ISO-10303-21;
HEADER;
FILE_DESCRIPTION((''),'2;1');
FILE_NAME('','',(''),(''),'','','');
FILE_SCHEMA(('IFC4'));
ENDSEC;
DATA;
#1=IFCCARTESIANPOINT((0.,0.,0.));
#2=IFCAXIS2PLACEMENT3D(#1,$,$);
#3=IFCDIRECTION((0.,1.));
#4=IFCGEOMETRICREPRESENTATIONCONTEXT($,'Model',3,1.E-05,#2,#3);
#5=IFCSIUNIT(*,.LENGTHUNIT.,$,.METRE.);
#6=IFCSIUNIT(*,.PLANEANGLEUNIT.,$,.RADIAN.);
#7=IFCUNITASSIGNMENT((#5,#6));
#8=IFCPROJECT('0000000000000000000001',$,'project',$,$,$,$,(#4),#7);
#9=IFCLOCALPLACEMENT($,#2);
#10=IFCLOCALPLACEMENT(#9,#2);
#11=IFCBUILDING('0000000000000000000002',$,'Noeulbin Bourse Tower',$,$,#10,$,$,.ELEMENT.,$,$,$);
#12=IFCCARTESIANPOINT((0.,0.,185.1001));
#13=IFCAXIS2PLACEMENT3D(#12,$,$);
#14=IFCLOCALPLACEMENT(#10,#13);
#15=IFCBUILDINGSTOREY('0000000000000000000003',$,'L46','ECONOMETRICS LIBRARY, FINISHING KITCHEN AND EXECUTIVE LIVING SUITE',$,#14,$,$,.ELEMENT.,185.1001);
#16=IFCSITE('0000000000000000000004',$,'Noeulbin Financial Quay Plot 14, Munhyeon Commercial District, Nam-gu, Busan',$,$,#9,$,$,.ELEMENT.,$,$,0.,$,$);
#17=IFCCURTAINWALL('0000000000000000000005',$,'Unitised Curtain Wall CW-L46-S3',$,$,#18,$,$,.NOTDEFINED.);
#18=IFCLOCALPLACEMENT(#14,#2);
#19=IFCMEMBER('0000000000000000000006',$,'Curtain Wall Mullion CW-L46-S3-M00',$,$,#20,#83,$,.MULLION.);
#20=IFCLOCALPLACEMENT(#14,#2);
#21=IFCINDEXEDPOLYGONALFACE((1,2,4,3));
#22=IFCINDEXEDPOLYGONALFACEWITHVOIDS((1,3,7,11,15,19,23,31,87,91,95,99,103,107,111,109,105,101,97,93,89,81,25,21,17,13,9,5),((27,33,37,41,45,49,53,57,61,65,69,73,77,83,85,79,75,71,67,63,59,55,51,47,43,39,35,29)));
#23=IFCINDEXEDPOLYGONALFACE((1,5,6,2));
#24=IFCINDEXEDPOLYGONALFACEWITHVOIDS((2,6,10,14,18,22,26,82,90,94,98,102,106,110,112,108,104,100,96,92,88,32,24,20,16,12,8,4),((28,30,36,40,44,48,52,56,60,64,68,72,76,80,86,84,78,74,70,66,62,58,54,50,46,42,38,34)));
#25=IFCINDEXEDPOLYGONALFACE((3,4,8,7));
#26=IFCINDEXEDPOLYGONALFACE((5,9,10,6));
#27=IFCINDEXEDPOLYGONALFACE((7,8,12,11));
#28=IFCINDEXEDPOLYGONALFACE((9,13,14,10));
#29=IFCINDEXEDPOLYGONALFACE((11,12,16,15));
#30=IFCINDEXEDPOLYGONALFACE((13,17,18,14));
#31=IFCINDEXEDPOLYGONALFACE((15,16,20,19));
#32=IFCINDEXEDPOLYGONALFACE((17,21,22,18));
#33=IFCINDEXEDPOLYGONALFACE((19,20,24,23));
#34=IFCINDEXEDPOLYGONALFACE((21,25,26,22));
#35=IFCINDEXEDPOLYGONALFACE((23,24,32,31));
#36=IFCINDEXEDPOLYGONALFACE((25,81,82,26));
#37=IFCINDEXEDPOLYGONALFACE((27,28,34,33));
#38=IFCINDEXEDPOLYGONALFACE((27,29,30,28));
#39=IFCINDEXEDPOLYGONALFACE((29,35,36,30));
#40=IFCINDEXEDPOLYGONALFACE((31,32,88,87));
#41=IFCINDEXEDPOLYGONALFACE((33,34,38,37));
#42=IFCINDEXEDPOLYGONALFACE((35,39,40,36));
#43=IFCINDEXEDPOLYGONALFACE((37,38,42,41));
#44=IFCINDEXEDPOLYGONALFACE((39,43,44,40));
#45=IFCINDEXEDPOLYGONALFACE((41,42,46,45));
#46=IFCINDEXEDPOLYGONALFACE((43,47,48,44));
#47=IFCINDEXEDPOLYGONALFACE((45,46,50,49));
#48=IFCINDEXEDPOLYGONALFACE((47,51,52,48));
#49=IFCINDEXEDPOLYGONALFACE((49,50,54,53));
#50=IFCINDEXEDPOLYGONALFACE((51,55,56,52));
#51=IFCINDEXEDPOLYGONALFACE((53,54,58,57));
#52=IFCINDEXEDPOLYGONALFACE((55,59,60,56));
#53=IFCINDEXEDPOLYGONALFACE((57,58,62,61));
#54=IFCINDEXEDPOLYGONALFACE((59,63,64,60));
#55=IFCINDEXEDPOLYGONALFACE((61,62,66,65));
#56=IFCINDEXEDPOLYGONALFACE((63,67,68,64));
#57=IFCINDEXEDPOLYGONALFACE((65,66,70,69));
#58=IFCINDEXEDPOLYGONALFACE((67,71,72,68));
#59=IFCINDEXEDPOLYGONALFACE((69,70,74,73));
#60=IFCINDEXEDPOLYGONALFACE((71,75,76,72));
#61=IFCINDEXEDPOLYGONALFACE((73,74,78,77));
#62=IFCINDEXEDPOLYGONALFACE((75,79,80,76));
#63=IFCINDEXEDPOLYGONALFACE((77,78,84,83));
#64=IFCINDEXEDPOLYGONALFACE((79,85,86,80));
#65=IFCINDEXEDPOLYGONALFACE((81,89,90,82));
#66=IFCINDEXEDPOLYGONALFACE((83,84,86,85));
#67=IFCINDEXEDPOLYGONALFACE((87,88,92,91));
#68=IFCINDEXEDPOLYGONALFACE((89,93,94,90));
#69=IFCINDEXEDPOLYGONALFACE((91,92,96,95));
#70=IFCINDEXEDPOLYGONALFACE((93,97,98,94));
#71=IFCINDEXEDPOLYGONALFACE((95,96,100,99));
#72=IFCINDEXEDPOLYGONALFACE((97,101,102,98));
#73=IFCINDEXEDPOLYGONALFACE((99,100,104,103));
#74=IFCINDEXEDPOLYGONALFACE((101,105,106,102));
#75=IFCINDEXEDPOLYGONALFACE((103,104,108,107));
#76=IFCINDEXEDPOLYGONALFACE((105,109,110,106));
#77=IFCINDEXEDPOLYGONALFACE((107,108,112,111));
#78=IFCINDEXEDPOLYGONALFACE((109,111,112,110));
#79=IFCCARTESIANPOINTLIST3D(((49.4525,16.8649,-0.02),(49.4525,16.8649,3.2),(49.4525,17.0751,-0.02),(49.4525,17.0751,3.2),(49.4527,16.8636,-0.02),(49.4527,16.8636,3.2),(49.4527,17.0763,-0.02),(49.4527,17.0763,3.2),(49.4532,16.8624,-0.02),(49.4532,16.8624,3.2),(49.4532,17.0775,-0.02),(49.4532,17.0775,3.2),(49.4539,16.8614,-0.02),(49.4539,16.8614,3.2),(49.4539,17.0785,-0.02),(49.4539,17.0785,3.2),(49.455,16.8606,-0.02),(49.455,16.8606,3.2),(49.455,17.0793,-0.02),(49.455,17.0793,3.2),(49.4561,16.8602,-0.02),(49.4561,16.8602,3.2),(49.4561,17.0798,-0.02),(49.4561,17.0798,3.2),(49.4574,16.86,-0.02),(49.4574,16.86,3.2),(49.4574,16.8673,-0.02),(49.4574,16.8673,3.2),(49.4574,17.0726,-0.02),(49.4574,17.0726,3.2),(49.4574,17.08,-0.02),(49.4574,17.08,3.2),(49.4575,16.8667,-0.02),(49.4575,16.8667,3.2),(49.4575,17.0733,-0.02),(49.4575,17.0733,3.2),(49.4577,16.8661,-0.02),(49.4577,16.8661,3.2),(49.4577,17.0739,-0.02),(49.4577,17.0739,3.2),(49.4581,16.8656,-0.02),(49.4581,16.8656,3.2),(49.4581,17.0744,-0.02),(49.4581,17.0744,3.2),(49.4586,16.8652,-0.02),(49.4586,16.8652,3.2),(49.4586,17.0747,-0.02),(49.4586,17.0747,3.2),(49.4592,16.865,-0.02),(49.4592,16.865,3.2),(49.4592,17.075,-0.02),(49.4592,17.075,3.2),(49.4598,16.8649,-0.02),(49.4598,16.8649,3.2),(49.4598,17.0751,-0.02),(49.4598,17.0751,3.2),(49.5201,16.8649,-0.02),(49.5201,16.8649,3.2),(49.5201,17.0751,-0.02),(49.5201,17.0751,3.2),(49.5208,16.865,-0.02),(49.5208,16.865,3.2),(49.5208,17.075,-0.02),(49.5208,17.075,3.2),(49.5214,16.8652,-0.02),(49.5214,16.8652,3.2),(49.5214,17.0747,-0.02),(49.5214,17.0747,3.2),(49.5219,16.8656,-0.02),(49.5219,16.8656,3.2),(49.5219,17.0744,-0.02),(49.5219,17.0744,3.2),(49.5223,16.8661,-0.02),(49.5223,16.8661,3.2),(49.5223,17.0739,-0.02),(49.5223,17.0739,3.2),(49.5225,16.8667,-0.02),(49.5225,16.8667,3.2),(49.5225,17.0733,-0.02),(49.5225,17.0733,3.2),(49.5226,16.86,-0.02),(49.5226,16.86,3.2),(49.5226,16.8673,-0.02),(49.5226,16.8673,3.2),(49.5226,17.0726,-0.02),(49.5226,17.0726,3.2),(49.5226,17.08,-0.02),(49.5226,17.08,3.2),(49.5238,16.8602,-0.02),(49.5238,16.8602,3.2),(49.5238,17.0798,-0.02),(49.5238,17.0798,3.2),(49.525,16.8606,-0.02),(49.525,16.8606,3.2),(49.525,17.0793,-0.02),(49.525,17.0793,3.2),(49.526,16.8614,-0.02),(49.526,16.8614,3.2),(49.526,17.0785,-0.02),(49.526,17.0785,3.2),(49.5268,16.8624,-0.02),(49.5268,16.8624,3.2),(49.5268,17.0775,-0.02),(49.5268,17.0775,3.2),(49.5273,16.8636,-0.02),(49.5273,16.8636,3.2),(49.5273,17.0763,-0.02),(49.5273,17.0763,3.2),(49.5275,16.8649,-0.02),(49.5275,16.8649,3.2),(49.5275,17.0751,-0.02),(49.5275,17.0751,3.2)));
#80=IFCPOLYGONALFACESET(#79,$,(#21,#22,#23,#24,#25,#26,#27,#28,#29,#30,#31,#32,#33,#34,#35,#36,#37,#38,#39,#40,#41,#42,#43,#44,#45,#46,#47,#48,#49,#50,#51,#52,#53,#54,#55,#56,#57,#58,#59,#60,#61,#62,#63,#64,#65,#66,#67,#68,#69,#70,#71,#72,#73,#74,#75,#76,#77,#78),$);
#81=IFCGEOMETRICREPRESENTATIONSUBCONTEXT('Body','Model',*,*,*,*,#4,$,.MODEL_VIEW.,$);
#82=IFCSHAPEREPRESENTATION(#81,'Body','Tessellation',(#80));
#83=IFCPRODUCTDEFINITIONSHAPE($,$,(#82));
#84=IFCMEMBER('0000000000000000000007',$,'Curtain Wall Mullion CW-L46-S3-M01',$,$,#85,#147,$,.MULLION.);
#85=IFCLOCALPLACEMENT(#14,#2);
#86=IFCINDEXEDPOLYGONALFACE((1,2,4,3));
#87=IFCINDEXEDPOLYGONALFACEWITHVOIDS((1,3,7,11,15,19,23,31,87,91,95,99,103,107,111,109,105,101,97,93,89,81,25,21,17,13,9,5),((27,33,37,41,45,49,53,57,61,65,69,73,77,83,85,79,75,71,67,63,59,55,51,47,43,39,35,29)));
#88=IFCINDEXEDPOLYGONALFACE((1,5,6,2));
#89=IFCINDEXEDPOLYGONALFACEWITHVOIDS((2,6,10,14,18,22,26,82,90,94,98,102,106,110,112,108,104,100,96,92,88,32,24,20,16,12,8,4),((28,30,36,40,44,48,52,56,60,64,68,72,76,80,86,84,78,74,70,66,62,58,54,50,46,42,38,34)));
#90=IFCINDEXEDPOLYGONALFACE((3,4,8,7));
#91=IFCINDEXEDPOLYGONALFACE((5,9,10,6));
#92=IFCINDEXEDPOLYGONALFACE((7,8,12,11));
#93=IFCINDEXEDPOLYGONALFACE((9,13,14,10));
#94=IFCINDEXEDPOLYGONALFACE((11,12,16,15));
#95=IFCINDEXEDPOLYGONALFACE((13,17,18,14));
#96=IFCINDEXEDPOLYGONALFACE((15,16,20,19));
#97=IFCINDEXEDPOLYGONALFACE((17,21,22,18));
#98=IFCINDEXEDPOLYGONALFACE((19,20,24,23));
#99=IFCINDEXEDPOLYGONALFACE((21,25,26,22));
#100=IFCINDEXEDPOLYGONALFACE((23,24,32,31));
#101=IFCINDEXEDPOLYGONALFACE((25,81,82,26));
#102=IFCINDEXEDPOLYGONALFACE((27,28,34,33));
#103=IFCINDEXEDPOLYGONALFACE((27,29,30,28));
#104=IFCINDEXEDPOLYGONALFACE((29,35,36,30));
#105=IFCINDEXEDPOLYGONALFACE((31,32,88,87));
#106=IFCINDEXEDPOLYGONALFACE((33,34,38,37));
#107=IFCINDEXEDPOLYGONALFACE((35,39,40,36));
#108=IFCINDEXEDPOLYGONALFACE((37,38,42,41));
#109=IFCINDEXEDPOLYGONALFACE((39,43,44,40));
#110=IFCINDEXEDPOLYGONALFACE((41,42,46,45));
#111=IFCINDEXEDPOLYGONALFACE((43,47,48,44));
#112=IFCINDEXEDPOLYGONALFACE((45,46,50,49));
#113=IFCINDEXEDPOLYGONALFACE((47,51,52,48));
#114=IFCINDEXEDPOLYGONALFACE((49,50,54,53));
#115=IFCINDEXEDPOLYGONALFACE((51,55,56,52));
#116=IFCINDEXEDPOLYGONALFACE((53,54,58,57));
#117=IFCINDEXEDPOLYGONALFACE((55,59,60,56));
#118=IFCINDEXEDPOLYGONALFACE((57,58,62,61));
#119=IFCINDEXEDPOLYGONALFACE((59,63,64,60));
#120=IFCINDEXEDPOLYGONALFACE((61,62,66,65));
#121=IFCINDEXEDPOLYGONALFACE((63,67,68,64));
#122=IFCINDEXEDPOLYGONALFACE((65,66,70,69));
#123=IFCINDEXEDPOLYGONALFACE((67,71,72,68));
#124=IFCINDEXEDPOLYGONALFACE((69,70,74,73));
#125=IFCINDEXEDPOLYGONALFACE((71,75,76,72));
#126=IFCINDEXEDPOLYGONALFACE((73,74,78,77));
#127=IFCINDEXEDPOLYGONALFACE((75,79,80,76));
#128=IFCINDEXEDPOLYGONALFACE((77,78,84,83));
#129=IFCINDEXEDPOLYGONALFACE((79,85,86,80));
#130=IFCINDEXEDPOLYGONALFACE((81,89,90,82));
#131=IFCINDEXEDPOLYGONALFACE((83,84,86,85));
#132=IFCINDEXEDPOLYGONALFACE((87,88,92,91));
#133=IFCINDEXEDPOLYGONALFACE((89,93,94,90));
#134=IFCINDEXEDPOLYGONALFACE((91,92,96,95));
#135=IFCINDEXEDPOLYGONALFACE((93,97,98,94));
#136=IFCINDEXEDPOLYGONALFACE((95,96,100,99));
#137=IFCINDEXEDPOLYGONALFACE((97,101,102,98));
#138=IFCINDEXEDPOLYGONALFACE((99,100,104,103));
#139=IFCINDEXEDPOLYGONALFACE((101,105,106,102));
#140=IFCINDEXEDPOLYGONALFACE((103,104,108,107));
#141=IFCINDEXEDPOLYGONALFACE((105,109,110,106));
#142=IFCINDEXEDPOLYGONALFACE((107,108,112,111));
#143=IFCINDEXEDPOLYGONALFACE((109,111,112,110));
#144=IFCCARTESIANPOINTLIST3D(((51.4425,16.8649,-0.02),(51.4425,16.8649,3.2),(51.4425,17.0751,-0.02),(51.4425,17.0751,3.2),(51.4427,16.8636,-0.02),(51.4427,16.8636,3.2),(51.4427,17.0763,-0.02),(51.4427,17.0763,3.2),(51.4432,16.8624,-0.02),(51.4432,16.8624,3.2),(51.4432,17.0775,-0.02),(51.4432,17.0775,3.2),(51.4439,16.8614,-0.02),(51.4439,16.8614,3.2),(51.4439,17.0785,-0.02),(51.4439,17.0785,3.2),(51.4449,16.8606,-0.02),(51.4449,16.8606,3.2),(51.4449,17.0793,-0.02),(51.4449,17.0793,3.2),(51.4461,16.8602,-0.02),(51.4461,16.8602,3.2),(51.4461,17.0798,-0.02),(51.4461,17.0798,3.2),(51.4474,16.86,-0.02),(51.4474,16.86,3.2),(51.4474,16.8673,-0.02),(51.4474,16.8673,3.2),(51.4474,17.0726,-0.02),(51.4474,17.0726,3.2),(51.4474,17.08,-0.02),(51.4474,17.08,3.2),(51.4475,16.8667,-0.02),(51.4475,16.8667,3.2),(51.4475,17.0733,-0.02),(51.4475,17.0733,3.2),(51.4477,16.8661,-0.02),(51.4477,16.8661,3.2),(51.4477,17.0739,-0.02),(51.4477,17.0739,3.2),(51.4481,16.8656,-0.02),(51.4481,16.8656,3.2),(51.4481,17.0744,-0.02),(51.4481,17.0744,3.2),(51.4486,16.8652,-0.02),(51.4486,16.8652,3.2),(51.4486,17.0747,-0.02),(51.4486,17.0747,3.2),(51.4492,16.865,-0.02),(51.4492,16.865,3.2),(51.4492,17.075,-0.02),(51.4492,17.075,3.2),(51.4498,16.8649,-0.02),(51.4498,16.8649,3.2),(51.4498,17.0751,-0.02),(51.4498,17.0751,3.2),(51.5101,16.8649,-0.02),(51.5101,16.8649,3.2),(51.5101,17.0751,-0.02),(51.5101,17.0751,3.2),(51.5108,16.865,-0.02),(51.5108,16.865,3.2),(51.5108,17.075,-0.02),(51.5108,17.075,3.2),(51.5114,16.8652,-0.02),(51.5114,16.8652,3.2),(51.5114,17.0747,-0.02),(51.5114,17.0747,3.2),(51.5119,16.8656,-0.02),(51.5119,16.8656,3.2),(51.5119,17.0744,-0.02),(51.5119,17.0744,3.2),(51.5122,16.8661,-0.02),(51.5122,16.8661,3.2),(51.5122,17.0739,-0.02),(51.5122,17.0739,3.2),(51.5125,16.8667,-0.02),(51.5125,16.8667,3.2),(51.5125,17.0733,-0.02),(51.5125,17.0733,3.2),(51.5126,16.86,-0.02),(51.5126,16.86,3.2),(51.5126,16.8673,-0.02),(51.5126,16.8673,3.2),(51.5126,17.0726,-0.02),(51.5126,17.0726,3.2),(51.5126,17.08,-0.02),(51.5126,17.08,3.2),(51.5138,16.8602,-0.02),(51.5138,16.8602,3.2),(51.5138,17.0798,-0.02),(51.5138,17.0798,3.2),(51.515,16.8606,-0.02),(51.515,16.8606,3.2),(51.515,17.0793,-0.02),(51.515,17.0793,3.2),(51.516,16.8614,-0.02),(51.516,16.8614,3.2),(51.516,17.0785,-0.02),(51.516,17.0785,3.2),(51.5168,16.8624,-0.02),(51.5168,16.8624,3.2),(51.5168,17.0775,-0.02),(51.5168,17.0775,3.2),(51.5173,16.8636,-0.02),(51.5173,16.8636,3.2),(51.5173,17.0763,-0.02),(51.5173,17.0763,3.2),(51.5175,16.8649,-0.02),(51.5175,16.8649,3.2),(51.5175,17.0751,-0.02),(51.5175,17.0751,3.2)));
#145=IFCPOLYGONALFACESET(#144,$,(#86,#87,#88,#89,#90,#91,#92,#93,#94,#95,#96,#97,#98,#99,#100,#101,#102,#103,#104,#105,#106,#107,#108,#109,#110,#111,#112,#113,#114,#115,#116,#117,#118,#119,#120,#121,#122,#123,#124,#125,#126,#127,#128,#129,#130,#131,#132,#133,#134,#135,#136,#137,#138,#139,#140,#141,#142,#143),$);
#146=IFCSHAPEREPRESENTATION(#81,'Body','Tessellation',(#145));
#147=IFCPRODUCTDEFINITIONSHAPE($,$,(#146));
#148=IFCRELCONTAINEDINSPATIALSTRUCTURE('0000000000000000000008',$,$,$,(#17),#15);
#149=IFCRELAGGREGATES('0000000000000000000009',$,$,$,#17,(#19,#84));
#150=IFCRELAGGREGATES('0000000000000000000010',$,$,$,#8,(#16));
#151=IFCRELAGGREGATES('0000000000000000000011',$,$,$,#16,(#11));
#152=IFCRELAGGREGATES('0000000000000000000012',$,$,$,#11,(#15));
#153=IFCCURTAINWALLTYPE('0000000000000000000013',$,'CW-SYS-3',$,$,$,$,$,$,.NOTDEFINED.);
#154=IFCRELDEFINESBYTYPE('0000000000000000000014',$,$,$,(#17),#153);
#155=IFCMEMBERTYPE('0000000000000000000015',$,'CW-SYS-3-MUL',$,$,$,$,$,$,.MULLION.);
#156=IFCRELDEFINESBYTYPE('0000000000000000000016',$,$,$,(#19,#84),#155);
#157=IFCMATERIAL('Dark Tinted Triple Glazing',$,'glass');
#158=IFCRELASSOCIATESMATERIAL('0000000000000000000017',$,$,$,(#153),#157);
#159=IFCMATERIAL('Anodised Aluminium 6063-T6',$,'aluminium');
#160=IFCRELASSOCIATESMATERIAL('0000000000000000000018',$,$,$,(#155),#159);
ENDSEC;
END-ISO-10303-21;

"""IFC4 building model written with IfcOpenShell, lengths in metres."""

from ifc_helpers import new_model, si_unit, direction, frame, origin, origin_2d, place, context, subcontext, project, spatial, hollow_rectangle, extrude, material, material_profile, profile_set, type_object, element, aggregate, save


model = new_model("IFC4")

# Units and contexts
model_context = context("Model", 3, precision=1e-05, world=origin(), true_north=direction((0.0, 1.0)))
body_context = subcontext(model_context, "Body", "Model", "MODEL_VIEW")
ifc_project = project(units=[si_unit("LENGTHUNIT", "METRE"), si_unit("PLANEANGLEUNIT", "RADIAN")], contexts=[model_context])

# Site, building, storey
site_placement = place(None, origin())
site = spatial("IfcSite", under=ifc_project, at=site_placement, Name="Noeulbin Financial Quay Plot 14, Munhyeon Commercial District, Nam-gu, Busan", CompositionType="ELEMENT", RefElevation=0.0)
building_placement = place(site_placement, origin())
building = spatial("IfcBuilding", under=site, at=building_placement, Name="Noeulbin Bourse Tower", CompositionType="ELEMENT")
storey_placement = place(building_placement, frame((0.0, 0.0, 185.1001)))
storey = spatial("IfcBuildingStorey", under=building, at=storey_placement, Name="L46", Description="ECONOMETRICS LIBRARY, FINISHING KITCHEN AND EXECUTIVE LIVING SUITE", CompositionType="ELEMENT", Elevation=185.1001)

# Shared definitions
ifc_material_1 = material(Name="Dark Tinted Triple Glazing", Category="glass")
curtain_wall_type = type_object("IfcCurtainWallType", Name="CW-SYS-3", PredefinedType="NOTDEFINED", material=ifc_material_1)
ifc_material_2 = material(Name="Anodised Aluminium 6063-T6", Category="aluminium")
ifc_material_profile_1 = material_profile(ifc_material_2, hollow_rectangle(XDim=0.075, YDim=0.22, WallThickness=0.0049, InnerFilletRadius=0.0024, OuterFilletRadius=0.0049, at=origin_2d()), Name="ALU-MULL-75x220x5", Category="LoadBearing")
ifc_profile_set_1 = profile_set([ifc_material_profile_1], Name="Anodised Aluminium 6063-T6")
member_type_1 = type_object("IfcMemberType", Name="CW-SYS-3-MUL", PredefinedType="MULLION", material=ifc_profile_set_1)

# Curtain wall, members
curtain_wall_1_placement = place(storey_placement, origin())
curtain_wall_1 = element("IfcCurtainWall", 1, at=curtain_wall_1_placement, inside=storey, type_object=curtain_wall_type, Name="Unitised Curtain Wall CW-L46-S3", PredefinedType="NOTDEFINED")
member_1_placement = place(storey_placement, frame((49.49, 16.97, -0.02), z_axis=(0.0, 0.0, 1.0), x_axis=(1.0, 0.0, 0.0)))
member_1 = element("IfcMember", 2, at=member_1_placement, type_object=member_type_1, Name="Curtain Wall Mullion CW-L46-S3-M00", PredefinedType="MULLION", context=body_context, shape_type="SweptSolid", body=[
    extrude(hollow_rectangle(XDim=0.075, YDim=0.22, WallThickness=0.0049, InnerFilletRadius=0.0024, OuterFilletRadius=0.0049, at=origin_2d()), origin(), (0.0, 0.0, 1.0), 3.22),
])
member_2_placement = place(storey_placement, frame((51.48, 16.97, -0.02), z_axis=(0.0, 0.0, 1.0), x_axis=(1.0, 0.0, 0.0)))
member_2 = element("IfcMember", 3, at=member_2_placement, type_object=member_type_1, Name="Curtain Wall Mullion CW-L46-S3-M01", PredefinedType="MULLION", context=body_context, shape_type="SweptSolid", body=[
    extrude(hollow_rectangle(XDim=0.075, YDim=0.22, WallThickness=0.0049, InnerFilletRadius=0.0024, OuterFilletRadius=0.0049, at=origin_2d()), origin(), (0.0, 0.0, 1.0), 3.22),
])

aggregate(curtain_wall_1, [member_1, member_2])

save(model, "model.ifc")
